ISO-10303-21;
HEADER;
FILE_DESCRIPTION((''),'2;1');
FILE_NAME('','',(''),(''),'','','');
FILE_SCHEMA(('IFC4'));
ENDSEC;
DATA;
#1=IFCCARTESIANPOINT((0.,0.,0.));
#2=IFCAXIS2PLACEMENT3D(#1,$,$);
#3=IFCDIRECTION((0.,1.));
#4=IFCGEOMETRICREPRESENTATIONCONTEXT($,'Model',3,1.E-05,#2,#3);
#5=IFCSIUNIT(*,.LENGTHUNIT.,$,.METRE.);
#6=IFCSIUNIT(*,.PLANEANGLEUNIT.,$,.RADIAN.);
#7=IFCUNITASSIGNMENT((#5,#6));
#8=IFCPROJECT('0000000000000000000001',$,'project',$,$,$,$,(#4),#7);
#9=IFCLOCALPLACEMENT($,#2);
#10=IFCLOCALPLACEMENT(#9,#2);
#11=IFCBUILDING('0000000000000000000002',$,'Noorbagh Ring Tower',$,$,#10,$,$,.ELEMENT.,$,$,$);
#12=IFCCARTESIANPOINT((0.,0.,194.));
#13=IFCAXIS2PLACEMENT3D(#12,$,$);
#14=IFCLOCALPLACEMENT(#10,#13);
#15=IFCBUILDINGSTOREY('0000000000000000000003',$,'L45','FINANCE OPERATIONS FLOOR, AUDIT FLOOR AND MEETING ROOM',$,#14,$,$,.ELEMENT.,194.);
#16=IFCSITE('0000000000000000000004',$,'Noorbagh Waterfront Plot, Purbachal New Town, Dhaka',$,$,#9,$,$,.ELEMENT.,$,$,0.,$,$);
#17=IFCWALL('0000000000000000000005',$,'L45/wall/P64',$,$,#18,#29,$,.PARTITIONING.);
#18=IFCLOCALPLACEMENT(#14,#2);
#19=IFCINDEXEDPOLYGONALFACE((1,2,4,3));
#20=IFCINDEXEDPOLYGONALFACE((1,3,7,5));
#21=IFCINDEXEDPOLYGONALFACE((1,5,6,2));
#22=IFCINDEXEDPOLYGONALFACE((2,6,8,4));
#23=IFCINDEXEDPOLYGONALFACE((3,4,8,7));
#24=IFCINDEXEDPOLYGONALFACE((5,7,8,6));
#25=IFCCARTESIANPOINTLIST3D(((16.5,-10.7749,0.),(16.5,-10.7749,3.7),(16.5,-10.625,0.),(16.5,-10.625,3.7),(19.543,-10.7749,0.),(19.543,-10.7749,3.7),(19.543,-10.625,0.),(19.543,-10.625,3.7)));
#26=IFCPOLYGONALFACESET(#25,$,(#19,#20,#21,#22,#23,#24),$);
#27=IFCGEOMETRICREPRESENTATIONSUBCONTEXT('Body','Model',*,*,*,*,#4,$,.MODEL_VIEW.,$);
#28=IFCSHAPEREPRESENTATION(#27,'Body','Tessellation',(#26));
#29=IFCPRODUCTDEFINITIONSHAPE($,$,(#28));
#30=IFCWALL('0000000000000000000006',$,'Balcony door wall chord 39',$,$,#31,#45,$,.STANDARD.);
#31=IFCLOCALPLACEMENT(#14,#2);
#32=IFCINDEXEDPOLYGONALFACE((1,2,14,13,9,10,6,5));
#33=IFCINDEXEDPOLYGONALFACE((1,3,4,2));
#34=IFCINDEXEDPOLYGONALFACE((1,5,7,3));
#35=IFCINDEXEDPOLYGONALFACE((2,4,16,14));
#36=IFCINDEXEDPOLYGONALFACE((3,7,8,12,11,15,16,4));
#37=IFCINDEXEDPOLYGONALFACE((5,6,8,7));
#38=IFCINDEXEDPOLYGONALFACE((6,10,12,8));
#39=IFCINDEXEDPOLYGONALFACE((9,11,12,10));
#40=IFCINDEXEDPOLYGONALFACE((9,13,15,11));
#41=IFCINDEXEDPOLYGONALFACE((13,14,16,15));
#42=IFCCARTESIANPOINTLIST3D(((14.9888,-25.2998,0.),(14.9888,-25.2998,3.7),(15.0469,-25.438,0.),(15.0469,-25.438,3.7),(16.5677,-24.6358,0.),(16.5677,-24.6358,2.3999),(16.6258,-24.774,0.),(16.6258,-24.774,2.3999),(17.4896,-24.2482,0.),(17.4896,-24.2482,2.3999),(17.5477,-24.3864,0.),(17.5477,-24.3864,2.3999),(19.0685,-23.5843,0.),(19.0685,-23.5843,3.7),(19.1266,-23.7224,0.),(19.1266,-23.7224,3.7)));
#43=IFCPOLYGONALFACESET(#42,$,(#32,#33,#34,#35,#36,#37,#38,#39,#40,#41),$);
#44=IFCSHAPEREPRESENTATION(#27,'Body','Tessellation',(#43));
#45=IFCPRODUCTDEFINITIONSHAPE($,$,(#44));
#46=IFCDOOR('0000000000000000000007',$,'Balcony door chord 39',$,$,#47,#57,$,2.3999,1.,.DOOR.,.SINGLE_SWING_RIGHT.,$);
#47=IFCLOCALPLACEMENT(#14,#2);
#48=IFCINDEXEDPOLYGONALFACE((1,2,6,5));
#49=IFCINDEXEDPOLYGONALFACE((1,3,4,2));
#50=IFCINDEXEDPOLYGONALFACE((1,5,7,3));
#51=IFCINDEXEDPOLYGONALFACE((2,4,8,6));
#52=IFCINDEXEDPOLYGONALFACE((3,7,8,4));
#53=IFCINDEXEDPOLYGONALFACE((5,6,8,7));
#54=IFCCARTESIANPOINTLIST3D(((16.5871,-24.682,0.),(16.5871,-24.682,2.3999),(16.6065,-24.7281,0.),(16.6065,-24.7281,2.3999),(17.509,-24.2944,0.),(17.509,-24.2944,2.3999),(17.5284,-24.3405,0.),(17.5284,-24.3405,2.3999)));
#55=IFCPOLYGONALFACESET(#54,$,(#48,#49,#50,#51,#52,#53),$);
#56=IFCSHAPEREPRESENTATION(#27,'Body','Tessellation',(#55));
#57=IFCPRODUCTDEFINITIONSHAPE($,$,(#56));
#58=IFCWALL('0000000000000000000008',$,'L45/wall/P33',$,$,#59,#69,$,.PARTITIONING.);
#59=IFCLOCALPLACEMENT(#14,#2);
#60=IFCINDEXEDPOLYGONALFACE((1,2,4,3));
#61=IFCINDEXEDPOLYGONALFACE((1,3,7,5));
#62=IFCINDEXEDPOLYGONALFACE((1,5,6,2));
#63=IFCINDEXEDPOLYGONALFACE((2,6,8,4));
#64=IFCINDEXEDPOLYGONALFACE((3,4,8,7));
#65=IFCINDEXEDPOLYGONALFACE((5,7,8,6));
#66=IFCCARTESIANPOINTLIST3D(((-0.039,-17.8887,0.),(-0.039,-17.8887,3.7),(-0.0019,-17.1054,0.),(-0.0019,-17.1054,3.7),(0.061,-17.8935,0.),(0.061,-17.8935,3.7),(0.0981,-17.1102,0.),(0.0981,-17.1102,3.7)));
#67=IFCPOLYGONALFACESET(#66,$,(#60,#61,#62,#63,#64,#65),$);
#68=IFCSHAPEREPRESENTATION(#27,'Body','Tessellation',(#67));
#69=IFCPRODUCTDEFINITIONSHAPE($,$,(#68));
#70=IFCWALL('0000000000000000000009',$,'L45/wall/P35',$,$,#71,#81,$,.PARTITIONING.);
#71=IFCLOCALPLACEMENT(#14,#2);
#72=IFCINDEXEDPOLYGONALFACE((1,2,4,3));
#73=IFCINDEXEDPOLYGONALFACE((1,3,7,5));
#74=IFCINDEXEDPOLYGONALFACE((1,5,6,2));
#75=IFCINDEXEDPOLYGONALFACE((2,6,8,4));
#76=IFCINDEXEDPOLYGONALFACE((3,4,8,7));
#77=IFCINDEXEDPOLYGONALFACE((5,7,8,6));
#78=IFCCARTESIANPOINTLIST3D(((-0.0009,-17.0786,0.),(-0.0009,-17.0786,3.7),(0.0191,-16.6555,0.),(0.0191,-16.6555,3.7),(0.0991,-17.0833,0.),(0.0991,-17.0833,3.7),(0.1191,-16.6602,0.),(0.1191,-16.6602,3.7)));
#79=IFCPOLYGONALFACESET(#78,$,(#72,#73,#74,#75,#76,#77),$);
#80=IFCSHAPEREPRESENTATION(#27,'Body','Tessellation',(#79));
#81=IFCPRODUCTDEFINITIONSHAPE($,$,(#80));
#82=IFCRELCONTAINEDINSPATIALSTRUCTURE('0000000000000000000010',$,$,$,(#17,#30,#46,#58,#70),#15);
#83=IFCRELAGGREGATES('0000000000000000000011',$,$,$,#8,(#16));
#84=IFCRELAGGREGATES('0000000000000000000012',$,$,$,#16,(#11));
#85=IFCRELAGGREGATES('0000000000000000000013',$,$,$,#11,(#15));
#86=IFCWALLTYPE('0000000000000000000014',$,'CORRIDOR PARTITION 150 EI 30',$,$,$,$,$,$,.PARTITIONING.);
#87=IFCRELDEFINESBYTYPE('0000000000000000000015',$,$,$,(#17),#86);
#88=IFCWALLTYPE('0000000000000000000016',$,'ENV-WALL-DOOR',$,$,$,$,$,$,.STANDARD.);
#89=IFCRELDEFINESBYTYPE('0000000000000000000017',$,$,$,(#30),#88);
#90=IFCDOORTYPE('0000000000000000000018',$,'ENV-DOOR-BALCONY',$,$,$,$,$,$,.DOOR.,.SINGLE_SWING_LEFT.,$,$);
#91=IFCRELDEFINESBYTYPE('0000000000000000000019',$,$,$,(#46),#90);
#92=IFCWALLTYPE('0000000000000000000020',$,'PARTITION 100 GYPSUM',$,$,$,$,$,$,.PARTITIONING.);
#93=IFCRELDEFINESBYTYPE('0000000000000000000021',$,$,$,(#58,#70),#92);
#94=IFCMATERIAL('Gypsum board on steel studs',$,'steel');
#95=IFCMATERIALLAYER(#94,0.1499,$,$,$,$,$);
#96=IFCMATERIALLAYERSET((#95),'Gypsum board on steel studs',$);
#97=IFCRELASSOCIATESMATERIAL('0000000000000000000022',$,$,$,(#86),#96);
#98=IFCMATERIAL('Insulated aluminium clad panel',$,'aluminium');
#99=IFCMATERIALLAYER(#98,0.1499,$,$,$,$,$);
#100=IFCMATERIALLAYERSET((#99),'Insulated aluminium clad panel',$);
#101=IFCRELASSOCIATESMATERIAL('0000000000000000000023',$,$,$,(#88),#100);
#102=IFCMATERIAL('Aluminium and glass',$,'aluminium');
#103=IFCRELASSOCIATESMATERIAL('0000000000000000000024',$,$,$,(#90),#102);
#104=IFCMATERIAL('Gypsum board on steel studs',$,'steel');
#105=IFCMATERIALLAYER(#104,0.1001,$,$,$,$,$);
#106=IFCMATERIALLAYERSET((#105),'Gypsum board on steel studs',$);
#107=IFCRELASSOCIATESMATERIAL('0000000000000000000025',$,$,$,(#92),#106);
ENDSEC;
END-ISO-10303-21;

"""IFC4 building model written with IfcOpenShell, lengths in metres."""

from ifc_helpers import new_model, si_unit, direction, frame, frame_2d, origin, place, context, subcontext, project, spatial, rectangle, extrude, material, layer, layer_set, type_object, element, fill, save


model = new_model("IFC4")

# Units and contexts
model_context = context("Model", 3, precision=1e-05, world=origin(), true_north=direction((0.0, 1.0)))
body_context = subcontext(model_context, "Body", "Model", "MODEL_VIEW")
ifc_project = project(units=[si_unit("LENGTHUNIT", "METRE"), si_unit("PLANEANGLEUNIT", "RADIAN")], contexts=[model_context])

# Site, building, storey
site_placement = place(None, origin())
site = spatial("IfcSite", under=ifc_project, at=site_placement, Name="Noorbagh Waterfront Plot, Purbachal New Town, Dhaka", CompositionType="ELEMENT", RefElevation=0.0)
building_placement = place(site_placement, origin())
building = spatial("IfcBuilding", under=site, at=building_placement, Name="Noorbagh Ring Tower", CompositionType="ELEMENT")
storey_placement = place(building_placement, frame((0.0, 0.0, 194.0)))
storey = spatial("IfcBuildingStorey", under=building, at=storey_placement, Name="L45", Description="FINANCE OPERATIONS FLOOR, AUDIT FLOOR AND MEETING ROOM", CompositionType="ELEMENT", Elevation=194.0)

# Wall
ifc_material_1 = material(Name="Gypsum board on steel studs", Category="steel")
ifc_layer_1 = layer(ifc_material_1, 0.1499)
ifc_layer_set_1 = layer_set([ifc_layer_1], Name="Gypsum board on steel studs")
wall_type_1 = type_object("IfcWallType", Name="CORRIDOR PARTITION 150 EI 30", PredefinedType="PARTITIONING", material=ifc_layer_set_1)
wall_1_placement = place(storey_placement, frame((16.5, -10.7, 0.0), z_axis=(0.0, 0.0, 1.0), x_axis=(1.0, 0.0, 0.0)))
element("IfcWall", 1, at=wall_1_placement, inside=storey, type_object=wall_type_1, Name="L45/wall/P64", PredefinedType="PARTITIONING", context=body_context, shape_type="SweptSolid", body=[
    extrude(rectangle(XDim=3.043, YDim=0.1499, at=frame_2d((1.5215, 0.0))), origin(), (0.0, 0.0, 1.0), 3.7),
])

# Wall, opening, door
ifc_material_2 = material(Name="Insulated aluminium clad panel", Category="aluminium")
ifc_layer_2 = layer(ifc_material_2, 0.1499)
ifc_layer_set_2 = layer_set([ifc_layer_2], Name="Insulated aluminium clad panel")
wall_type_2 = type_object("IfcWallType", Name="ENV-WALL-DOOR", PredefinedType="STANDARD", material=ifc_layer_set_2)
wall_2_placement = place(storey_placement, frame((15.0178, -25.3689, 0.0), z_axis=(0.0, 0.0, 1.0), x_axis=(0.921817, 0.387625, 0.0)))
wall_2 = element("IfcWall", 2, at=wall_2_placement, inside=storey, type_object=wall_type_2, Name="Balcony door wall chord 39", PredefinedType="STANDARD", context=body_context, shape_type="SweptSolid", body=[
    extrude(rectangle(XDim=4.4258, YDim=0.1499, at=frame_2d((2.2129, 0.0))), origin(), (0.0, 0.0, 1.0), 3.7),
])
opening_placement = place(wall_2_placement, frame((1.7129, 0.0, 0.0)))
opening = element("IfcOpeningElement", 3, at=opening_placement, cuts=wall_2, PredefinedType="OPENING", context=body_context, shape_type="SweptSolid", body=[
    extrude(rectangle(XDim=1.0, YDim=2.3999, at=frame_2d((0.5, 1.2))), frame((0.0, 0.085, 0.0), z_axis=(0.0, -1.0, 0.0), x_axis=(1.0, 0.0, 0.0)), (0.0, 0.0, 1.0), 0.1699),
])
ifc_material_3 = material(Name="Aluminium and glass", Category="aluminium")
door_type = type_object("IfcDoorType", Name="ENV-DOOR-BALCONY", OperationType="SINGLE_SWING_LEFT", PredefinedType="DOOR", material=ifc_material_3)
door_placement = place(opening_placement, origin())
door = element("IfcDoor", 4, at=door_placement, inside=storey, type_object=door_type, Name="Balcony door chord 39", OperationType="SINGLE_SWING_RIGHT", OverallHeight=2.3999, OverallWidth=1.0, PredefinedType="DOOR", context=body_context, shape_type="SweptSolid", body=[
    extrude(rectangle(XDim=1.0, YDim=2.3999, at=frame_2d((0.5, 1.2))), frame((0.0, 0.0249, 0.0), z_axis=(0.0, -1.0, 0.0), x_axis=(1.0, 0.0, 0.0)), (0.0, 0.0, 1.0), 0.05),
])
fill(opening, door)

# Walls
ifc_material_4 = material(Name="Gypsum board on steel studs", Category="steel")
ifc_layer_3 = layer(ifc_material_4, 0.1001)
ifc_layer_set_3 = layer_set([ifc_layer_3], Name="Gypsum board on steel studs")
wall_type_3 = type_object("IfcWallType", Name="PARTITION 100 GYPSUM", PredefinedType="PARTITIONING", material=ifc_layer_set_3)
wall_3_placement = place(storey_placement, frame((0.011, -17.8911, 0.0), z_axis=(0.0, 0.0, 1.0), x_axis=(0.047328, 0.998879, 0.0)))
element("IfcWall", 5, at=wall_3_placement, inside=storey, type_object=wall_type_3, Name="L45/wall/P33", PredefinedType="PARTITIONING", context=body_context, shape_type="SweptSolid", body=[
    extrude(rectangle(XDim=0.7842, YDim=0.1001, at=frame_2d((0.3921, 0.0))), origin(), (0.0, 0.0, 1.0), 3.7),
])
wall_4_placement = place(storey_placement, frame((0.0491, -17.0811, 0.0), z_axis=(0.0, 0.0, 1.0), x_axis=(0.047264, 0.998882, 0.0)))
element("IfcWall", 6, at=wall_4_placement, inside=storey, type_object=wall_type_3, Name="L45/wall/P35", PredefinedType="PARTITIONING", context=body_context, shape_type="SweptSolid", body=[
    extrude(rectangle(XDim=0.4236, YDim=0.1001, at=frame_2d((0.2119, 0.0))), origin(), (0.0, 0.0, 1.0), 3.7),
])

save(model, "model.ifc")
